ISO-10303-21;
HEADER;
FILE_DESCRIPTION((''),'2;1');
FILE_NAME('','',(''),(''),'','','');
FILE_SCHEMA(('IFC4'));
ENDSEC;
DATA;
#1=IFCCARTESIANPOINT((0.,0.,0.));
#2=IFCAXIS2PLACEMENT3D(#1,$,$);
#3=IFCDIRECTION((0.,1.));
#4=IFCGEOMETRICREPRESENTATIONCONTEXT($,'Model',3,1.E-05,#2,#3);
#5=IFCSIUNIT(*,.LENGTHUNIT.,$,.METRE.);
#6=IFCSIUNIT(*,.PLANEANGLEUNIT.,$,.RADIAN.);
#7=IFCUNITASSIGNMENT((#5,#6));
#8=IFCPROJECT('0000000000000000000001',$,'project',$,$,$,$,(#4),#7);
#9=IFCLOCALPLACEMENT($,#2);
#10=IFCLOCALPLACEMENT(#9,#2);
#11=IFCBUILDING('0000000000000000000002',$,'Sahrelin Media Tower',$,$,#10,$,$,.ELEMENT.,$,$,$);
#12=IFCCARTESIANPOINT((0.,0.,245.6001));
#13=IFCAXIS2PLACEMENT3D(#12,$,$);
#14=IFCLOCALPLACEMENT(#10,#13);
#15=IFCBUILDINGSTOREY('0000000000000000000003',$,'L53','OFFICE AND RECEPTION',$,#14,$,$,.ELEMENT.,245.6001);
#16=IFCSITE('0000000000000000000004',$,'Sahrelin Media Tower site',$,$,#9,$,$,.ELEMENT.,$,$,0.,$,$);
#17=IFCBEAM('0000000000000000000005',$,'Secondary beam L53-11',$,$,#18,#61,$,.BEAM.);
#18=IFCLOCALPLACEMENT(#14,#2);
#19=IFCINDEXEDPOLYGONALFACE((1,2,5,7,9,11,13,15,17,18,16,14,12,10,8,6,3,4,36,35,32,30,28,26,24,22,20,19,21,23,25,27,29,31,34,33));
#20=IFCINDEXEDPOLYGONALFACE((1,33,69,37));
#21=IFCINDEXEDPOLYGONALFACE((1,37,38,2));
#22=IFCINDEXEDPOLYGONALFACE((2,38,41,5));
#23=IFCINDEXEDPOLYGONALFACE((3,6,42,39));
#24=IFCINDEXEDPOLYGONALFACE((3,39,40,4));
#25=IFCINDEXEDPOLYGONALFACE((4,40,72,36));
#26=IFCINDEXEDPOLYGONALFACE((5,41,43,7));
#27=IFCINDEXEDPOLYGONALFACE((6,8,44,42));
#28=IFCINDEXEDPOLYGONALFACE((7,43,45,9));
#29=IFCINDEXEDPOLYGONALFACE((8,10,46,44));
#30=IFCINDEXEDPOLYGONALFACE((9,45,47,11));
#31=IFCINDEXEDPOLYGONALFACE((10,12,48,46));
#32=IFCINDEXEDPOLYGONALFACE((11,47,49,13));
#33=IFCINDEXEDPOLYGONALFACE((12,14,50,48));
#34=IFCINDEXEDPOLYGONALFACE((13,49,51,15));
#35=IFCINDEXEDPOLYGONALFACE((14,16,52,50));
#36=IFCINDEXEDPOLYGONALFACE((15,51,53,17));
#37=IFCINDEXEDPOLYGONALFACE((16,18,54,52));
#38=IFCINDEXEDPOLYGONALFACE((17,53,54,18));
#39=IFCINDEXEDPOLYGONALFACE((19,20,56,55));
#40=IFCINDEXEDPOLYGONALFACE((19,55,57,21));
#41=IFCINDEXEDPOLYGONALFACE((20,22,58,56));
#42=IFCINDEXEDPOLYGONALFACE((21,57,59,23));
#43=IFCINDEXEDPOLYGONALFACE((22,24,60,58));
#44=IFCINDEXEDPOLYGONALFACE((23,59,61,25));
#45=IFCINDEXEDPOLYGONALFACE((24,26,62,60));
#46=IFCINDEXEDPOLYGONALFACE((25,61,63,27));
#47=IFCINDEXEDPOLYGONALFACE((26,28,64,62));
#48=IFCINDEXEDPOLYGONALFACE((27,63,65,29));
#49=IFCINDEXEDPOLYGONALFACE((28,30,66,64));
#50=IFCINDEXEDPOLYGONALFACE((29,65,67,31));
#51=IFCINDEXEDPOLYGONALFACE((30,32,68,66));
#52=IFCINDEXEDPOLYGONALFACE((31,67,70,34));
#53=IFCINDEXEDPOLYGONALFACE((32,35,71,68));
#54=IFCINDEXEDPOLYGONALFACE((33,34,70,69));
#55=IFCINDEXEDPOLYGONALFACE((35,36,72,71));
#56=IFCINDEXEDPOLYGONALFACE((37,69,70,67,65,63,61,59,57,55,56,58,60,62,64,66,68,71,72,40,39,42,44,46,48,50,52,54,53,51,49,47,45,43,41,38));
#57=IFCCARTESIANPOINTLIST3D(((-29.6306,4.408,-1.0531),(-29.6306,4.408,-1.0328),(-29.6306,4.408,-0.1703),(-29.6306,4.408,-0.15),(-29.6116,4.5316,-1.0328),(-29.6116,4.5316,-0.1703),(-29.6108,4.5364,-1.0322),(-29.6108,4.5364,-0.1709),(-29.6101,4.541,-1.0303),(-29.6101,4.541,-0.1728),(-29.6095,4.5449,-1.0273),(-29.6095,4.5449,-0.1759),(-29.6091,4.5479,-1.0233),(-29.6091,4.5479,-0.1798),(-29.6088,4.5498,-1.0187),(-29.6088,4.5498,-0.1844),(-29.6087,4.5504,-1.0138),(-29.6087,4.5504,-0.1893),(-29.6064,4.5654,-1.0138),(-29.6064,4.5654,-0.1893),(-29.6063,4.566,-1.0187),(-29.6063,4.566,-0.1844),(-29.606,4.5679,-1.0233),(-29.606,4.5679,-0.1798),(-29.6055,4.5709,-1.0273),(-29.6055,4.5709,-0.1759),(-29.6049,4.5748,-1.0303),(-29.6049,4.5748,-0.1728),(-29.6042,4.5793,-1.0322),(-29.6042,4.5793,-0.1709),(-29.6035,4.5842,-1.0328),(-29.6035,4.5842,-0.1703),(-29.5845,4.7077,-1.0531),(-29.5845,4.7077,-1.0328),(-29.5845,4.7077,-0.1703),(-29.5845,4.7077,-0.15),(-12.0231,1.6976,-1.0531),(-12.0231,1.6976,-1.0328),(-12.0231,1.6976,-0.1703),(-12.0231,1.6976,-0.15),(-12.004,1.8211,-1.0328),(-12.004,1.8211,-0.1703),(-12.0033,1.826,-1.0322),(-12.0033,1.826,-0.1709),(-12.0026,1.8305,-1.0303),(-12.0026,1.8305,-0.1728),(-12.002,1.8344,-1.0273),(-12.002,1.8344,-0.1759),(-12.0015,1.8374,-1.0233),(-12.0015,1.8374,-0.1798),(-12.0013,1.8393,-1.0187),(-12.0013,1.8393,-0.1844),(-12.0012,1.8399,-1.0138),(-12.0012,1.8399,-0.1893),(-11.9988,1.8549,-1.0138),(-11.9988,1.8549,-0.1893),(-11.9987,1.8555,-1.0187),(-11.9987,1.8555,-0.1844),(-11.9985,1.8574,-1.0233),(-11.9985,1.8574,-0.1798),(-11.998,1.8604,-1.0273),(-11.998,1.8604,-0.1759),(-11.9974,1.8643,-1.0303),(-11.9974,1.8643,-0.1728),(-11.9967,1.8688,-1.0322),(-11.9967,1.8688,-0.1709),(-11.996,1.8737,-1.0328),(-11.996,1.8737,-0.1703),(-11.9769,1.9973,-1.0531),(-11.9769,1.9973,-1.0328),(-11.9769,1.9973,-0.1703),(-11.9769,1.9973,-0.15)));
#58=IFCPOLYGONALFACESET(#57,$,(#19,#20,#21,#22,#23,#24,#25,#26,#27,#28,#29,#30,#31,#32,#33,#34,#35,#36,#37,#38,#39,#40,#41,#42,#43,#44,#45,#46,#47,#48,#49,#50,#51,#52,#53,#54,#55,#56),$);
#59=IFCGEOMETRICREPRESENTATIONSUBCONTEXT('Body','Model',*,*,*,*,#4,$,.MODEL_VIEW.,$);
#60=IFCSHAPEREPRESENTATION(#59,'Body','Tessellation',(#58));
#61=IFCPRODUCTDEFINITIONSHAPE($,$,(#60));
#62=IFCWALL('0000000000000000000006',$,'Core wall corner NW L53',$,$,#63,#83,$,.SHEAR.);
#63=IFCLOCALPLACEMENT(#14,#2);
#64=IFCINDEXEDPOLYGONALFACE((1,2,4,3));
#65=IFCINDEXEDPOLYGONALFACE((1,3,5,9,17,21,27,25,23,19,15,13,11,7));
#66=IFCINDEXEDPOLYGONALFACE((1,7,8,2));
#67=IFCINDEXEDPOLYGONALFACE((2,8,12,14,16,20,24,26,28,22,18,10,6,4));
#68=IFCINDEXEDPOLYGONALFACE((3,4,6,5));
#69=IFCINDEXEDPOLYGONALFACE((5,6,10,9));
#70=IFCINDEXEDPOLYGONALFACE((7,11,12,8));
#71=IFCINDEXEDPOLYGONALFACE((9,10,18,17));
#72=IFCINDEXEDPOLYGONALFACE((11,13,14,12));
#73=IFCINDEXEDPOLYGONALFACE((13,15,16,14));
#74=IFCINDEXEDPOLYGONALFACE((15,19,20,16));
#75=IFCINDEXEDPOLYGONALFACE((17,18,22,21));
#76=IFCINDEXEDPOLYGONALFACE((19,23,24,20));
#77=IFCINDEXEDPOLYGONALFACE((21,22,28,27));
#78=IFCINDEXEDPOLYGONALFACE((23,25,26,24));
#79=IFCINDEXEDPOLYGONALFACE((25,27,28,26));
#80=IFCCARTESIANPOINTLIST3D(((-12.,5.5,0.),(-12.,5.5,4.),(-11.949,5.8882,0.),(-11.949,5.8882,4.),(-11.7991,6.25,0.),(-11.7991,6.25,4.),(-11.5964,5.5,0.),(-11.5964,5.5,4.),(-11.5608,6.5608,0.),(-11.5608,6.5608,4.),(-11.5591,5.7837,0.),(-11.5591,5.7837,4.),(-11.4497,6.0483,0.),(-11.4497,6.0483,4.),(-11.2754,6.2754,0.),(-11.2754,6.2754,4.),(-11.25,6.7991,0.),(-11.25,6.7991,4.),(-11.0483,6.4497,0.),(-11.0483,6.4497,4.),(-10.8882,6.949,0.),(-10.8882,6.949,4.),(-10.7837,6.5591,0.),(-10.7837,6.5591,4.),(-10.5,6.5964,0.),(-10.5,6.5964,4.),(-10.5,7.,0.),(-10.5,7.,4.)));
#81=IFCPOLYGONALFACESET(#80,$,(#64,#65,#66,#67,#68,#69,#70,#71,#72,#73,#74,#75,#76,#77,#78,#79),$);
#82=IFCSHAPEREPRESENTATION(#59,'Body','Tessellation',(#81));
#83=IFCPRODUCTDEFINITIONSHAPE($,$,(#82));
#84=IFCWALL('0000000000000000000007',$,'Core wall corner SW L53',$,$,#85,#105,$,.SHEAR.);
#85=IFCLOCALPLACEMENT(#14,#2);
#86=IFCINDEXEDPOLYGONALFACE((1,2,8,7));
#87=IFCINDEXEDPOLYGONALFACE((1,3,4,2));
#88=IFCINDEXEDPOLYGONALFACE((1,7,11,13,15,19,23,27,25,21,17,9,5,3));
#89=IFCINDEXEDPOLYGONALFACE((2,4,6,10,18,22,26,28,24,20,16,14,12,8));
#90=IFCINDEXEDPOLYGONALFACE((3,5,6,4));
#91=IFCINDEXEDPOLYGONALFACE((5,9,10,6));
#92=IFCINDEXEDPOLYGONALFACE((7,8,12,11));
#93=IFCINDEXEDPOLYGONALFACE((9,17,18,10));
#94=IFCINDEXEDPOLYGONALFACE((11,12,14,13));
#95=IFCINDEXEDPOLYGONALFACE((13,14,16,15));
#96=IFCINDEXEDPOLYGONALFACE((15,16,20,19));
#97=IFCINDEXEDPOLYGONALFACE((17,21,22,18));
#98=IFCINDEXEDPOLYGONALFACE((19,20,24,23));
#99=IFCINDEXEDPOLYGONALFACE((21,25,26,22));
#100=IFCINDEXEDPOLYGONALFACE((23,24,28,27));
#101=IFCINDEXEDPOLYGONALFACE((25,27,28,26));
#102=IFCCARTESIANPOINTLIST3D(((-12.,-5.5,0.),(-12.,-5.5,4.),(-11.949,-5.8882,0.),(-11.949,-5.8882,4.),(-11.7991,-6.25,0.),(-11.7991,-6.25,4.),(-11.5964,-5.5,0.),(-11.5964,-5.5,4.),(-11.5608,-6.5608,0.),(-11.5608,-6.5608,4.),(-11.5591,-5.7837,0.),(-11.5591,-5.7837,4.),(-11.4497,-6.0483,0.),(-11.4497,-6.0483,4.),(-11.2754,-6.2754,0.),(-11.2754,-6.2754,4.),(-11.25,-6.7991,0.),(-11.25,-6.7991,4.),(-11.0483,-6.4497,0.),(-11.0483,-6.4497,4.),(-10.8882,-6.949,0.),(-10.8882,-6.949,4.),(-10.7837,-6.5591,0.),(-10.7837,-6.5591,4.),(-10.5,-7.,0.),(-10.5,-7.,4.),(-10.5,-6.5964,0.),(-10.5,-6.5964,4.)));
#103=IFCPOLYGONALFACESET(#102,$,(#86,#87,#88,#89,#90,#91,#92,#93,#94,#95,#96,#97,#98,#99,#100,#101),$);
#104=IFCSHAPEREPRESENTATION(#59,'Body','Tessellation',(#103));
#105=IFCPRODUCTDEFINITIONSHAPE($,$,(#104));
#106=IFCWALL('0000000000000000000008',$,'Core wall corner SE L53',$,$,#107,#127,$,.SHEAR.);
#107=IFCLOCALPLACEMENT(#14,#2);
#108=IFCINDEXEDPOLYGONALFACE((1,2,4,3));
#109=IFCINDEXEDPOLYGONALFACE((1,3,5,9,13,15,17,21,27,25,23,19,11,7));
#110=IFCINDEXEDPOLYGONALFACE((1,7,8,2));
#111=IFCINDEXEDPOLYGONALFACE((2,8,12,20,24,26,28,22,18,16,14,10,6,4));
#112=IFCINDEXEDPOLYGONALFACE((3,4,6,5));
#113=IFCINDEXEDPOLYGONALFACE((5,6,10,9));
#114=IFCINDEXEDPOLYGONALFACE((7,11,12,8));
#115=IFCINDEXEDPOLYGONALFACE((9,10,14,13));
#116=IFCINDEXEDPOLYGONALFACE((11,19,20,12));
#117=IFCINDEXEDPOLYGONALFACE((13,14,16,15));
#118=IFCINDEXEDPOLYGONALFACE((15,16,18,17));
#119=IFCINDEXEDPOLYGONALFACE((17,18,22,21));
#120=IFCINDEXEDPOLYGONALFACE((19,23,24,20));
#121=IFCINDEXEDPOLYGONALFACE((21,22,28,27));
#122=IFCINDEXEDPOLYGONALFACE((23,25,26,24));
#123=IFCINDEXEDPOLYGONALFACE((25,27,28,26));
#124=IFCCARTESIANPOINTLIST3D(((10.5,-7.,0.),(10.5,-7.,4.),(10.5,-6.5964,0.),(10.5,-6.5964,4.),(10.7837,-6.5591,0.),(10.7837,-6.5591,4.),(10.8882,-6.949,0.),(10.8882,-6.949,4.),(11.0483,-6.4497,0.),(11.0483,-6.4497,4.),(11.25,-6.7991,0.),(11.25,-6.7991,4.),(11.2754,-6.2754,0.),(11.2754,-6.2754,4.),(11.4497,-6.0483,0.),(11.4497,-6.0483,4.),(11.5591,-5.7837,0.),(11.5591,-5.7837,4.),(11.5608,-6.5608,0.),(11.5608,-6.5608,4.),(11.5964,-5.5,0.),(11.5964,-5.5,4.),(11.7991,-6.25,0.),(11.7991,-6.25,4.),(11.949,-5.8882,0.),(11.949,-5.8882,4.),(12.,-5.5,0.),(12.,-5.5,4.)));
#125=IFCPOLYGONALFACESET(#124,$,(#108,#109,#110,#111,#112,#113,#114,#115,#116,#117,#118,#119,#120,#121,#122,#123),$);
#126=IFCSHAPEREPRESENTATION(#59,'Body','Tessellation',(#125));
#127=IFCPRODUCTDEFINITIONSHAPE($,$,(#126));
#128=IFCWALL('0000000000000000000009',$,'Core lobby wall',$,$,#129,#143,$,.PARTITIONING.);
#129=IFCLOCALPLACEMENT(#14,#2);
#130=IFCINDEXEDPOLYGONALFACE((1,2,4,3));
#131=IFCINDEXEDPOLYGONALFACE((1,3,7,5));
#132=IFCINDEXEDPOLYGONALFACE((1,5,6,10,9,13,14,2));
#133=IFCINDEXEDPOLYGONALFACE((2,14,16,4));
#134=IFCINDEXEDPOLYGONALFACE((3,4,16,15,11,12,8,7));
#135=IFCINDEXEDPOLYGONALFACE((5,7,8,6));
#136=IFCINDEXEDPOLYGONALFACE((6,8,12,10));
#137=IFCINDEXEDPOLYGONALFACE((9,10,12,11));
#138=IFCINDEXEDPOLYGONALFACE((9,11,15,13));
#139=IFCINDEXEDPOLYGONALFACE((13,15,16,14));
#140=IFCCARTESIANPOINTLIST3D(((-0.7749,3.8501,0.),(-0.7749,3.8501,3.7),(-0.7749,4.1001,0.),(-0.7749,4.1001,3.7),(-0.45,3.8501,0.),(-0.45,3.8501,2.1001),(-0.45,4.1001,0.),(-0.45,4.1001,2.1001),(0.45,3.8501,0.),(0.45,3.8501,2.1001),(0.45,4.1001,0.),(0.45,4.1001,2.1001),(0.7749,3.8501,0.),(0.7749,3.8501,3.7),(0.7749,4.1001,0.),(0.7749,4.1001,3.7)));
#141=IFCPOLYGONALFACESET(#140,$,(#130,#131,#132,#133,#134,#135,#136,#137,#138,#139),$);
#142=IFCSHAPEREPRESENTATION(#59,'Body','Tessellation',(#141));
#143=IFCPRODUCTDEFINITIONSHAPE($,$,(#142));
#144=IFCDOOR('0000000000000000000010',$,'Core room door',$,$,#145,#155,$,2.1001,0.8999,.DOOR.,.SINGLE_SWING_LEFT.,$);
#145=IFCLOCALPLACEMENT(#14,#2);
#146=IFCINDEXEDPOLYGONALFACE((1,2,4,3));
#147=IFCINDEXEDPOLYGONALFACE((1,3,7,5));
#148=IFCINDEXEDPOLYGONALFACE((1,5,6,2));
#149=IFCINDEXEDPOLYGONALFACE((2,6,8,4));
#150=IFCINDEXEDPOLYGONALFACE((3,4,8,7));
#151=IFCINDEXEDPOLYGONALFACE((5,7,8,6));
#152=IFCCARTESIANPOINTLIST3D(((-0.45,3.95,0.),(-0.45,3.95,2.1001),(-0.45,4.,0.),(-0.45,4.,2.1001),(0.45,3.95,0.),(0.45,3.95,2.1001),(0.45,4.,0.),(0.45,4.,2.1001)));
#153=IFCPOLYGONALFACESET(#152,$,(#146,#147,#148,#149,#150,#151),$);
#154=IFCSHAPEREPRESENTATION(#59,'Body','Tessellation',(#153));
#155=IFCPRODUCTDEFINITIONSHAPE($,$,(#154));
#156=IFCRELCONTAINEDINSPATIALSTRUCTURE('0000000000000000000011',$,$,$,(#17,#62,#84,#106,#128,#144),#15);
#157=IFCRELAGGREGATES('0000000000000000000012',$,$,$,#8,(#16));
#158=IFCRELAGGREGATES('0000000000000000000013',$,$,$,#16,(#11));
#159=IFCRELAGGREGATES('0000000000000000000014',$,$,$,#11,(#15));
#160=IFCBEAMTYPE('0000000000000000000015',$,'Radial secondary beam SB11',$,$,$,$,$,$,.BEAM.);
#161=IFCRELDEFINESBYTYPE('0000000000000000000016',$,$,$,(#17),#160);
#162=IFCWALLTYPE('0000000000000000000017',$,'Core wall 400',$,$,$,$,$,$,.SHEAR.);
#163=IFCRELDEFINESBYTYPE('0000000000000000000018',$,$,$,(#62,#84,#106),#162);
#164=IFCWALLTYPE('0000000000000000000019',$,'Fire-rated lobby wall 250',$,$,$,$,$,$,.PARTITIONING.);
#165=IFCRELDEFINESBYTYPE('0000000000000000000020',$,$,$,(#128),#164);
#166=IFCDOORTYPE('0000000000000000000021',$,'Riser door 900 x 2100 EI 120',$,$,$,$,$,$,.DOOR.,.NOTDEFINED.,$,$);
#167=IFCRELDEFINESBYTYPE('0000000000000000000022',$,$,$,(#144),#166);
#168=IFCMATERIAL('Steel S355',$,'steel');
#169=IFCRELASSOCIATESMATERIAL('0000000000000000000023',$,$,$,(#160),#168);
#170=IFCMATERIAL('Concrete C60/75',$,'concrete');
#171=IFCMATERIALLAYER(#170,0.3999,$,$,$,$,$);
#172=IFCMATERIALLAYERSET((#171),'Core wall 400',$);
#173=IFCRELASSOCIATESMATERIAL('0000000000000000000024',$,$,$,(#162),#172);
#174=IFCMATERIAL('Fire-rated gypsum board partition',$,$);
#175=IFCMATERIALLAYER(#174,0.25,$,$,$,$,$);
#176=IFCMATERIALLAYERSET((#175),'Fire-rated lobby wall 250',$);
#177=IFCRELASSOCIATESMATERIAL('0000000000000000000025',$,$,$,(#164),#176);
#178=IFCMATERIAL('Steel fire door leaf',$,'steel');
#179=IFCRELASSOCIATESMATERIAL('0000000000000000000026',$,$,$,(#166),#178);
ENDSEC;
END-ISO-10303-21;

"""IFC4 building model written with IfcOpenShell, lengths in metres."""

from ifc_helpers import new_model, si_unit, direction, frame, frame_2d, origin, origin_2d, place, context, subcontext, project, spatial, polyline, rectangle, i_section, outline, extrude, material, layer, layer_set, material_profile, profile_set, type_object, element, fill, save


model = new_model("IFC4")

# Units and contexts
model_context = context("Model", 3, precision=1e-05, world=origin(), true_north=direction((0.0, 1.0)))
body_context = subcontext(model_context, "Body", "Model", "MODEL_VIEW")
ifc_project = project(units=[si_unit("LENGTHUNIT", "METRE"), si_unit("PLANEANGLEUNIT", "RADIAN")], contexts=[model_context])

# Site, building, storey
site_placement = place(None, origin())
site = spatial("IfcSite", under=ifc_project, at=site_placement, Name="Sahrelin Media Tower site", CompositionType="ELEMENT", RefElevation=0.0)
building_placement = place(site_placement, origin())
building = spatial("IfcBuilding", under=site, at=building_placement, Name="Sahrelin Media Tower", CompositionType="ELEMENT")
storey_placement = place(building_placement, frame((0.0, 0.0, 245.6001)))
storey = spatial("IfcBuildingStorey", under=building, at=storey_placement, Name="L53", Description="OFFICE AND RECEPTION", CompositionType="ELEMENT", Elevation=245.6001)

# Beam
ifc_material_1 = material(Name="Steel S355", Category="steel")
ifc_material_profile_1 = material_profile(ifc_material_1, i_section(OverallWidth=0.3032, OverallDepth=0.9031, WebThickness=0.0151, FlangeThickness=0.0203, FilletRadius=0.019, at=origin_2d()), Name="UB 914x305x201")
ifc_profile_set_1 = profile_set([ifc_material_profile_1], Name="Steel S355")
beam_type_1 = type_object("IfcBeamType", Name="Radial secondary beam SB11", PredefinedType="BEAM", material=ifc_profile_set_1)
beam_1_placement = place(storey_placement, frame((-12.0, 1.8474, -0.6016), z_axis=(-0.988358, 0.152146, 0.0), x_axis=(-0.152146, -0.988358, 0.0)))
element("IfcBeam", 1, at=beam_1_placement, inside=storey, type_object=beam_type_1, Name="Secondary beam L53-11", PredefinedType="BEAM", context=body_context, shape_type="SweptSolid", body=[
    extrude(i_section(OverallWidth=0.3032, OverallDepth=0.9031, WebThickness=0.0151, FlangeThickness=0.0203, FilletRadius=0.019, at=origin_2d()), origin(), (0.0, 0.0, 1.0), 17.8149),
])

# Walls
ifc_material_2 = material(Name="Concrete C60/75", Category="concrete")
ifc_layer_1 = layer(ifc_material_2, 0.3999)
ifc_layer_set_1 = layer_set([ifc_layer_1], Name="Core wall 400")
wall_type_1 = type_object("IfcWallType", Name="Core wall 400", PredefinedType="SHEAR", material=ifc_layer_set_1)
placement = place(storey_placement, origin())
element("IfcWall", 2, at=placement, inside=storey, type_object=wall_type_1, Name="Core wall corner NW L53", PredefinedType="SHEAR", context=body_context, shape_type="SweptSolid", body=[
    extrude(outline(polyline([(-12.0, 5.5), (-11.5964, 5.5), (-11.5591, 5.7837), (-11.4497, 6.0483), (-11.2754, 6.2754), (-11.0483, 6.4497), (-10.7837, 6.5591), (-10.5, 6.5964), (-10.5, 7.0), (-10.8882, 6.949), (-11.25, 6.7991), (-11.5608, 6.5608), (-11.7991, 6.25), (-11.949, 5.8882), (-12.0, 5.5)])), origin(), (0.0, 0.0, 1.0), 4.0),
])
element("IfcWall", 3, at=placement, inside=storey, type_object=wall_type_1, Name="Core wall corner SW L53", PredefinedType="SHEAR", context=body_context, shape_type="SweptSolid", body=[
    extrude(outline(polyline([(-10.5, -7.0), (-10.5, -6.5964), (-10.7837, -6.5591), (-11.0483, -6.4497), (-11.2754, -6.2754), (-11.4497, -6.0483), (-11.5591, -5.7837), (-11.5964, -5.5), (-12.0, -5.5), (-11.949, -5.8882), (-11.7991, -6.25), (-11.5608, -6.5608), (-11.25, -6.7991), (-10.8882, -6.949), (-10.5, -7.0)])), origin(), (0.0, 0.0, 1.0), 4.0),
])
element("IfcWall", 4, at=placement, inside=storey, type_object=wall_type_1, Name="Core wall corner SE L53", PredefinedType="SHEAR", context=body_context, shape_type="SweptSolid", body=[
    extrude(outline(polyline([(12.0, -5.5), (11.5964, -5.5), (11.5591, -5.7837), (11.4497, -6.0483), (11.2754, -6.2754), (11.0483, -6.4497), (10.7837, -6.5591), (10.5, -6.5964), (10.5, -7.0), (10.8882, -6.949), (11.25, -6.7991), (11.5608, -6.5608), (11.7991, -6.25), (11.949, -5.8882), (12.0, -5.5)])), origin(), (0.0, 0.0, 1.0), 4.0),
])

# Wall, opening, door
ifc_material_3 = material(Name="Fire-rated gypsum board partition")
ifc_layer_2 = layer(ifc_material_3, 0.25)
ifc_layer_set_2 = layer_set([ifc_layer_2], Name="Fire-rated lobby wall 250")
wall_type_2 = type_object("IfcWallType", Name="Fire-rated lobby wall 250", PredefinedType="PARTITIONING", material=ifc_layer_set_2)
wall_1_placement = place(storey_placement, frame((-0.7749, 3.9751, 0.0), z_axis=(0.0, 0.0, 1.0), x_axis=(1.0, 0.0, 0.0)))
wall_1 = element("IfcWall", 5, at=wall_1_placement, inside=storey, type_object=wall_type_2, Name="Core lobby wall", PredefinedType="PARTITIONING", context=body_context, shape_type="SweptSolid", body=[
    extrude(rectangle(XDim=1.5498, YDim=0.25, at=frame_2d((0.7749, 0.0))), origin(), (0.0, 0.0, 1.0), 3.7),
])
opening_1_placement = place(wall_1_placement, frame((0.325, 0.0, 0.0)))
opening_1 = element("IfcOpeningElement", 6, at=opening_1_placement, cuts=wall_1, PredefinedType="OPENING", context=body_context, shape_type="SweptSolid", body=[
    extrude(rectangle(XDim=0.8999, YDim=2.1001, at=frame_2d((0.45, 1.05))), frame((0.0, 0.125, 0.0), z_axis=(0.0, -1.0, 0.0), x_axis=(1.0, 0.0, 0.0)), (0.0, 0.0, 1.0), 0.25),
])
ifc_material_4 = material(Name="Steel fire door leaf", Category="steel")
door_type_1 = type_object("IfcDoorType", Name="Riser door 900 x 2100 EI 120", OperationType="NOTDEFINED", PredefinedType="DOOR", material=ifc_material_4)
door_1_placement = place(opening_1_placement, origin())
door_1 = element("IfcDoor", 7, at=door_1_placement, inside=storey, type_object=door_type_1, Name="Core room door", OperationType="SINGLE_SWING_LEFT", OverallHeight=2.1001, OverallWidth=0.8999, PredefinedType="DOOR", context=body_context, shape_type="SweptSolid", body=[
    extrude(rectangle(XDim=0.8999, YDim=2.1001, at=frame_2d((0.45, 1.05))), frame((0.0, 0.0249, 0.0), z_axis=(0.0, -1.0, 0.0), x_axis=(1.0, 0.0, 0.0)), (0.0, 0.0, 1.0), 0.05),
])
fill(opening_1, door_1)

save(model, "model.ifc")
